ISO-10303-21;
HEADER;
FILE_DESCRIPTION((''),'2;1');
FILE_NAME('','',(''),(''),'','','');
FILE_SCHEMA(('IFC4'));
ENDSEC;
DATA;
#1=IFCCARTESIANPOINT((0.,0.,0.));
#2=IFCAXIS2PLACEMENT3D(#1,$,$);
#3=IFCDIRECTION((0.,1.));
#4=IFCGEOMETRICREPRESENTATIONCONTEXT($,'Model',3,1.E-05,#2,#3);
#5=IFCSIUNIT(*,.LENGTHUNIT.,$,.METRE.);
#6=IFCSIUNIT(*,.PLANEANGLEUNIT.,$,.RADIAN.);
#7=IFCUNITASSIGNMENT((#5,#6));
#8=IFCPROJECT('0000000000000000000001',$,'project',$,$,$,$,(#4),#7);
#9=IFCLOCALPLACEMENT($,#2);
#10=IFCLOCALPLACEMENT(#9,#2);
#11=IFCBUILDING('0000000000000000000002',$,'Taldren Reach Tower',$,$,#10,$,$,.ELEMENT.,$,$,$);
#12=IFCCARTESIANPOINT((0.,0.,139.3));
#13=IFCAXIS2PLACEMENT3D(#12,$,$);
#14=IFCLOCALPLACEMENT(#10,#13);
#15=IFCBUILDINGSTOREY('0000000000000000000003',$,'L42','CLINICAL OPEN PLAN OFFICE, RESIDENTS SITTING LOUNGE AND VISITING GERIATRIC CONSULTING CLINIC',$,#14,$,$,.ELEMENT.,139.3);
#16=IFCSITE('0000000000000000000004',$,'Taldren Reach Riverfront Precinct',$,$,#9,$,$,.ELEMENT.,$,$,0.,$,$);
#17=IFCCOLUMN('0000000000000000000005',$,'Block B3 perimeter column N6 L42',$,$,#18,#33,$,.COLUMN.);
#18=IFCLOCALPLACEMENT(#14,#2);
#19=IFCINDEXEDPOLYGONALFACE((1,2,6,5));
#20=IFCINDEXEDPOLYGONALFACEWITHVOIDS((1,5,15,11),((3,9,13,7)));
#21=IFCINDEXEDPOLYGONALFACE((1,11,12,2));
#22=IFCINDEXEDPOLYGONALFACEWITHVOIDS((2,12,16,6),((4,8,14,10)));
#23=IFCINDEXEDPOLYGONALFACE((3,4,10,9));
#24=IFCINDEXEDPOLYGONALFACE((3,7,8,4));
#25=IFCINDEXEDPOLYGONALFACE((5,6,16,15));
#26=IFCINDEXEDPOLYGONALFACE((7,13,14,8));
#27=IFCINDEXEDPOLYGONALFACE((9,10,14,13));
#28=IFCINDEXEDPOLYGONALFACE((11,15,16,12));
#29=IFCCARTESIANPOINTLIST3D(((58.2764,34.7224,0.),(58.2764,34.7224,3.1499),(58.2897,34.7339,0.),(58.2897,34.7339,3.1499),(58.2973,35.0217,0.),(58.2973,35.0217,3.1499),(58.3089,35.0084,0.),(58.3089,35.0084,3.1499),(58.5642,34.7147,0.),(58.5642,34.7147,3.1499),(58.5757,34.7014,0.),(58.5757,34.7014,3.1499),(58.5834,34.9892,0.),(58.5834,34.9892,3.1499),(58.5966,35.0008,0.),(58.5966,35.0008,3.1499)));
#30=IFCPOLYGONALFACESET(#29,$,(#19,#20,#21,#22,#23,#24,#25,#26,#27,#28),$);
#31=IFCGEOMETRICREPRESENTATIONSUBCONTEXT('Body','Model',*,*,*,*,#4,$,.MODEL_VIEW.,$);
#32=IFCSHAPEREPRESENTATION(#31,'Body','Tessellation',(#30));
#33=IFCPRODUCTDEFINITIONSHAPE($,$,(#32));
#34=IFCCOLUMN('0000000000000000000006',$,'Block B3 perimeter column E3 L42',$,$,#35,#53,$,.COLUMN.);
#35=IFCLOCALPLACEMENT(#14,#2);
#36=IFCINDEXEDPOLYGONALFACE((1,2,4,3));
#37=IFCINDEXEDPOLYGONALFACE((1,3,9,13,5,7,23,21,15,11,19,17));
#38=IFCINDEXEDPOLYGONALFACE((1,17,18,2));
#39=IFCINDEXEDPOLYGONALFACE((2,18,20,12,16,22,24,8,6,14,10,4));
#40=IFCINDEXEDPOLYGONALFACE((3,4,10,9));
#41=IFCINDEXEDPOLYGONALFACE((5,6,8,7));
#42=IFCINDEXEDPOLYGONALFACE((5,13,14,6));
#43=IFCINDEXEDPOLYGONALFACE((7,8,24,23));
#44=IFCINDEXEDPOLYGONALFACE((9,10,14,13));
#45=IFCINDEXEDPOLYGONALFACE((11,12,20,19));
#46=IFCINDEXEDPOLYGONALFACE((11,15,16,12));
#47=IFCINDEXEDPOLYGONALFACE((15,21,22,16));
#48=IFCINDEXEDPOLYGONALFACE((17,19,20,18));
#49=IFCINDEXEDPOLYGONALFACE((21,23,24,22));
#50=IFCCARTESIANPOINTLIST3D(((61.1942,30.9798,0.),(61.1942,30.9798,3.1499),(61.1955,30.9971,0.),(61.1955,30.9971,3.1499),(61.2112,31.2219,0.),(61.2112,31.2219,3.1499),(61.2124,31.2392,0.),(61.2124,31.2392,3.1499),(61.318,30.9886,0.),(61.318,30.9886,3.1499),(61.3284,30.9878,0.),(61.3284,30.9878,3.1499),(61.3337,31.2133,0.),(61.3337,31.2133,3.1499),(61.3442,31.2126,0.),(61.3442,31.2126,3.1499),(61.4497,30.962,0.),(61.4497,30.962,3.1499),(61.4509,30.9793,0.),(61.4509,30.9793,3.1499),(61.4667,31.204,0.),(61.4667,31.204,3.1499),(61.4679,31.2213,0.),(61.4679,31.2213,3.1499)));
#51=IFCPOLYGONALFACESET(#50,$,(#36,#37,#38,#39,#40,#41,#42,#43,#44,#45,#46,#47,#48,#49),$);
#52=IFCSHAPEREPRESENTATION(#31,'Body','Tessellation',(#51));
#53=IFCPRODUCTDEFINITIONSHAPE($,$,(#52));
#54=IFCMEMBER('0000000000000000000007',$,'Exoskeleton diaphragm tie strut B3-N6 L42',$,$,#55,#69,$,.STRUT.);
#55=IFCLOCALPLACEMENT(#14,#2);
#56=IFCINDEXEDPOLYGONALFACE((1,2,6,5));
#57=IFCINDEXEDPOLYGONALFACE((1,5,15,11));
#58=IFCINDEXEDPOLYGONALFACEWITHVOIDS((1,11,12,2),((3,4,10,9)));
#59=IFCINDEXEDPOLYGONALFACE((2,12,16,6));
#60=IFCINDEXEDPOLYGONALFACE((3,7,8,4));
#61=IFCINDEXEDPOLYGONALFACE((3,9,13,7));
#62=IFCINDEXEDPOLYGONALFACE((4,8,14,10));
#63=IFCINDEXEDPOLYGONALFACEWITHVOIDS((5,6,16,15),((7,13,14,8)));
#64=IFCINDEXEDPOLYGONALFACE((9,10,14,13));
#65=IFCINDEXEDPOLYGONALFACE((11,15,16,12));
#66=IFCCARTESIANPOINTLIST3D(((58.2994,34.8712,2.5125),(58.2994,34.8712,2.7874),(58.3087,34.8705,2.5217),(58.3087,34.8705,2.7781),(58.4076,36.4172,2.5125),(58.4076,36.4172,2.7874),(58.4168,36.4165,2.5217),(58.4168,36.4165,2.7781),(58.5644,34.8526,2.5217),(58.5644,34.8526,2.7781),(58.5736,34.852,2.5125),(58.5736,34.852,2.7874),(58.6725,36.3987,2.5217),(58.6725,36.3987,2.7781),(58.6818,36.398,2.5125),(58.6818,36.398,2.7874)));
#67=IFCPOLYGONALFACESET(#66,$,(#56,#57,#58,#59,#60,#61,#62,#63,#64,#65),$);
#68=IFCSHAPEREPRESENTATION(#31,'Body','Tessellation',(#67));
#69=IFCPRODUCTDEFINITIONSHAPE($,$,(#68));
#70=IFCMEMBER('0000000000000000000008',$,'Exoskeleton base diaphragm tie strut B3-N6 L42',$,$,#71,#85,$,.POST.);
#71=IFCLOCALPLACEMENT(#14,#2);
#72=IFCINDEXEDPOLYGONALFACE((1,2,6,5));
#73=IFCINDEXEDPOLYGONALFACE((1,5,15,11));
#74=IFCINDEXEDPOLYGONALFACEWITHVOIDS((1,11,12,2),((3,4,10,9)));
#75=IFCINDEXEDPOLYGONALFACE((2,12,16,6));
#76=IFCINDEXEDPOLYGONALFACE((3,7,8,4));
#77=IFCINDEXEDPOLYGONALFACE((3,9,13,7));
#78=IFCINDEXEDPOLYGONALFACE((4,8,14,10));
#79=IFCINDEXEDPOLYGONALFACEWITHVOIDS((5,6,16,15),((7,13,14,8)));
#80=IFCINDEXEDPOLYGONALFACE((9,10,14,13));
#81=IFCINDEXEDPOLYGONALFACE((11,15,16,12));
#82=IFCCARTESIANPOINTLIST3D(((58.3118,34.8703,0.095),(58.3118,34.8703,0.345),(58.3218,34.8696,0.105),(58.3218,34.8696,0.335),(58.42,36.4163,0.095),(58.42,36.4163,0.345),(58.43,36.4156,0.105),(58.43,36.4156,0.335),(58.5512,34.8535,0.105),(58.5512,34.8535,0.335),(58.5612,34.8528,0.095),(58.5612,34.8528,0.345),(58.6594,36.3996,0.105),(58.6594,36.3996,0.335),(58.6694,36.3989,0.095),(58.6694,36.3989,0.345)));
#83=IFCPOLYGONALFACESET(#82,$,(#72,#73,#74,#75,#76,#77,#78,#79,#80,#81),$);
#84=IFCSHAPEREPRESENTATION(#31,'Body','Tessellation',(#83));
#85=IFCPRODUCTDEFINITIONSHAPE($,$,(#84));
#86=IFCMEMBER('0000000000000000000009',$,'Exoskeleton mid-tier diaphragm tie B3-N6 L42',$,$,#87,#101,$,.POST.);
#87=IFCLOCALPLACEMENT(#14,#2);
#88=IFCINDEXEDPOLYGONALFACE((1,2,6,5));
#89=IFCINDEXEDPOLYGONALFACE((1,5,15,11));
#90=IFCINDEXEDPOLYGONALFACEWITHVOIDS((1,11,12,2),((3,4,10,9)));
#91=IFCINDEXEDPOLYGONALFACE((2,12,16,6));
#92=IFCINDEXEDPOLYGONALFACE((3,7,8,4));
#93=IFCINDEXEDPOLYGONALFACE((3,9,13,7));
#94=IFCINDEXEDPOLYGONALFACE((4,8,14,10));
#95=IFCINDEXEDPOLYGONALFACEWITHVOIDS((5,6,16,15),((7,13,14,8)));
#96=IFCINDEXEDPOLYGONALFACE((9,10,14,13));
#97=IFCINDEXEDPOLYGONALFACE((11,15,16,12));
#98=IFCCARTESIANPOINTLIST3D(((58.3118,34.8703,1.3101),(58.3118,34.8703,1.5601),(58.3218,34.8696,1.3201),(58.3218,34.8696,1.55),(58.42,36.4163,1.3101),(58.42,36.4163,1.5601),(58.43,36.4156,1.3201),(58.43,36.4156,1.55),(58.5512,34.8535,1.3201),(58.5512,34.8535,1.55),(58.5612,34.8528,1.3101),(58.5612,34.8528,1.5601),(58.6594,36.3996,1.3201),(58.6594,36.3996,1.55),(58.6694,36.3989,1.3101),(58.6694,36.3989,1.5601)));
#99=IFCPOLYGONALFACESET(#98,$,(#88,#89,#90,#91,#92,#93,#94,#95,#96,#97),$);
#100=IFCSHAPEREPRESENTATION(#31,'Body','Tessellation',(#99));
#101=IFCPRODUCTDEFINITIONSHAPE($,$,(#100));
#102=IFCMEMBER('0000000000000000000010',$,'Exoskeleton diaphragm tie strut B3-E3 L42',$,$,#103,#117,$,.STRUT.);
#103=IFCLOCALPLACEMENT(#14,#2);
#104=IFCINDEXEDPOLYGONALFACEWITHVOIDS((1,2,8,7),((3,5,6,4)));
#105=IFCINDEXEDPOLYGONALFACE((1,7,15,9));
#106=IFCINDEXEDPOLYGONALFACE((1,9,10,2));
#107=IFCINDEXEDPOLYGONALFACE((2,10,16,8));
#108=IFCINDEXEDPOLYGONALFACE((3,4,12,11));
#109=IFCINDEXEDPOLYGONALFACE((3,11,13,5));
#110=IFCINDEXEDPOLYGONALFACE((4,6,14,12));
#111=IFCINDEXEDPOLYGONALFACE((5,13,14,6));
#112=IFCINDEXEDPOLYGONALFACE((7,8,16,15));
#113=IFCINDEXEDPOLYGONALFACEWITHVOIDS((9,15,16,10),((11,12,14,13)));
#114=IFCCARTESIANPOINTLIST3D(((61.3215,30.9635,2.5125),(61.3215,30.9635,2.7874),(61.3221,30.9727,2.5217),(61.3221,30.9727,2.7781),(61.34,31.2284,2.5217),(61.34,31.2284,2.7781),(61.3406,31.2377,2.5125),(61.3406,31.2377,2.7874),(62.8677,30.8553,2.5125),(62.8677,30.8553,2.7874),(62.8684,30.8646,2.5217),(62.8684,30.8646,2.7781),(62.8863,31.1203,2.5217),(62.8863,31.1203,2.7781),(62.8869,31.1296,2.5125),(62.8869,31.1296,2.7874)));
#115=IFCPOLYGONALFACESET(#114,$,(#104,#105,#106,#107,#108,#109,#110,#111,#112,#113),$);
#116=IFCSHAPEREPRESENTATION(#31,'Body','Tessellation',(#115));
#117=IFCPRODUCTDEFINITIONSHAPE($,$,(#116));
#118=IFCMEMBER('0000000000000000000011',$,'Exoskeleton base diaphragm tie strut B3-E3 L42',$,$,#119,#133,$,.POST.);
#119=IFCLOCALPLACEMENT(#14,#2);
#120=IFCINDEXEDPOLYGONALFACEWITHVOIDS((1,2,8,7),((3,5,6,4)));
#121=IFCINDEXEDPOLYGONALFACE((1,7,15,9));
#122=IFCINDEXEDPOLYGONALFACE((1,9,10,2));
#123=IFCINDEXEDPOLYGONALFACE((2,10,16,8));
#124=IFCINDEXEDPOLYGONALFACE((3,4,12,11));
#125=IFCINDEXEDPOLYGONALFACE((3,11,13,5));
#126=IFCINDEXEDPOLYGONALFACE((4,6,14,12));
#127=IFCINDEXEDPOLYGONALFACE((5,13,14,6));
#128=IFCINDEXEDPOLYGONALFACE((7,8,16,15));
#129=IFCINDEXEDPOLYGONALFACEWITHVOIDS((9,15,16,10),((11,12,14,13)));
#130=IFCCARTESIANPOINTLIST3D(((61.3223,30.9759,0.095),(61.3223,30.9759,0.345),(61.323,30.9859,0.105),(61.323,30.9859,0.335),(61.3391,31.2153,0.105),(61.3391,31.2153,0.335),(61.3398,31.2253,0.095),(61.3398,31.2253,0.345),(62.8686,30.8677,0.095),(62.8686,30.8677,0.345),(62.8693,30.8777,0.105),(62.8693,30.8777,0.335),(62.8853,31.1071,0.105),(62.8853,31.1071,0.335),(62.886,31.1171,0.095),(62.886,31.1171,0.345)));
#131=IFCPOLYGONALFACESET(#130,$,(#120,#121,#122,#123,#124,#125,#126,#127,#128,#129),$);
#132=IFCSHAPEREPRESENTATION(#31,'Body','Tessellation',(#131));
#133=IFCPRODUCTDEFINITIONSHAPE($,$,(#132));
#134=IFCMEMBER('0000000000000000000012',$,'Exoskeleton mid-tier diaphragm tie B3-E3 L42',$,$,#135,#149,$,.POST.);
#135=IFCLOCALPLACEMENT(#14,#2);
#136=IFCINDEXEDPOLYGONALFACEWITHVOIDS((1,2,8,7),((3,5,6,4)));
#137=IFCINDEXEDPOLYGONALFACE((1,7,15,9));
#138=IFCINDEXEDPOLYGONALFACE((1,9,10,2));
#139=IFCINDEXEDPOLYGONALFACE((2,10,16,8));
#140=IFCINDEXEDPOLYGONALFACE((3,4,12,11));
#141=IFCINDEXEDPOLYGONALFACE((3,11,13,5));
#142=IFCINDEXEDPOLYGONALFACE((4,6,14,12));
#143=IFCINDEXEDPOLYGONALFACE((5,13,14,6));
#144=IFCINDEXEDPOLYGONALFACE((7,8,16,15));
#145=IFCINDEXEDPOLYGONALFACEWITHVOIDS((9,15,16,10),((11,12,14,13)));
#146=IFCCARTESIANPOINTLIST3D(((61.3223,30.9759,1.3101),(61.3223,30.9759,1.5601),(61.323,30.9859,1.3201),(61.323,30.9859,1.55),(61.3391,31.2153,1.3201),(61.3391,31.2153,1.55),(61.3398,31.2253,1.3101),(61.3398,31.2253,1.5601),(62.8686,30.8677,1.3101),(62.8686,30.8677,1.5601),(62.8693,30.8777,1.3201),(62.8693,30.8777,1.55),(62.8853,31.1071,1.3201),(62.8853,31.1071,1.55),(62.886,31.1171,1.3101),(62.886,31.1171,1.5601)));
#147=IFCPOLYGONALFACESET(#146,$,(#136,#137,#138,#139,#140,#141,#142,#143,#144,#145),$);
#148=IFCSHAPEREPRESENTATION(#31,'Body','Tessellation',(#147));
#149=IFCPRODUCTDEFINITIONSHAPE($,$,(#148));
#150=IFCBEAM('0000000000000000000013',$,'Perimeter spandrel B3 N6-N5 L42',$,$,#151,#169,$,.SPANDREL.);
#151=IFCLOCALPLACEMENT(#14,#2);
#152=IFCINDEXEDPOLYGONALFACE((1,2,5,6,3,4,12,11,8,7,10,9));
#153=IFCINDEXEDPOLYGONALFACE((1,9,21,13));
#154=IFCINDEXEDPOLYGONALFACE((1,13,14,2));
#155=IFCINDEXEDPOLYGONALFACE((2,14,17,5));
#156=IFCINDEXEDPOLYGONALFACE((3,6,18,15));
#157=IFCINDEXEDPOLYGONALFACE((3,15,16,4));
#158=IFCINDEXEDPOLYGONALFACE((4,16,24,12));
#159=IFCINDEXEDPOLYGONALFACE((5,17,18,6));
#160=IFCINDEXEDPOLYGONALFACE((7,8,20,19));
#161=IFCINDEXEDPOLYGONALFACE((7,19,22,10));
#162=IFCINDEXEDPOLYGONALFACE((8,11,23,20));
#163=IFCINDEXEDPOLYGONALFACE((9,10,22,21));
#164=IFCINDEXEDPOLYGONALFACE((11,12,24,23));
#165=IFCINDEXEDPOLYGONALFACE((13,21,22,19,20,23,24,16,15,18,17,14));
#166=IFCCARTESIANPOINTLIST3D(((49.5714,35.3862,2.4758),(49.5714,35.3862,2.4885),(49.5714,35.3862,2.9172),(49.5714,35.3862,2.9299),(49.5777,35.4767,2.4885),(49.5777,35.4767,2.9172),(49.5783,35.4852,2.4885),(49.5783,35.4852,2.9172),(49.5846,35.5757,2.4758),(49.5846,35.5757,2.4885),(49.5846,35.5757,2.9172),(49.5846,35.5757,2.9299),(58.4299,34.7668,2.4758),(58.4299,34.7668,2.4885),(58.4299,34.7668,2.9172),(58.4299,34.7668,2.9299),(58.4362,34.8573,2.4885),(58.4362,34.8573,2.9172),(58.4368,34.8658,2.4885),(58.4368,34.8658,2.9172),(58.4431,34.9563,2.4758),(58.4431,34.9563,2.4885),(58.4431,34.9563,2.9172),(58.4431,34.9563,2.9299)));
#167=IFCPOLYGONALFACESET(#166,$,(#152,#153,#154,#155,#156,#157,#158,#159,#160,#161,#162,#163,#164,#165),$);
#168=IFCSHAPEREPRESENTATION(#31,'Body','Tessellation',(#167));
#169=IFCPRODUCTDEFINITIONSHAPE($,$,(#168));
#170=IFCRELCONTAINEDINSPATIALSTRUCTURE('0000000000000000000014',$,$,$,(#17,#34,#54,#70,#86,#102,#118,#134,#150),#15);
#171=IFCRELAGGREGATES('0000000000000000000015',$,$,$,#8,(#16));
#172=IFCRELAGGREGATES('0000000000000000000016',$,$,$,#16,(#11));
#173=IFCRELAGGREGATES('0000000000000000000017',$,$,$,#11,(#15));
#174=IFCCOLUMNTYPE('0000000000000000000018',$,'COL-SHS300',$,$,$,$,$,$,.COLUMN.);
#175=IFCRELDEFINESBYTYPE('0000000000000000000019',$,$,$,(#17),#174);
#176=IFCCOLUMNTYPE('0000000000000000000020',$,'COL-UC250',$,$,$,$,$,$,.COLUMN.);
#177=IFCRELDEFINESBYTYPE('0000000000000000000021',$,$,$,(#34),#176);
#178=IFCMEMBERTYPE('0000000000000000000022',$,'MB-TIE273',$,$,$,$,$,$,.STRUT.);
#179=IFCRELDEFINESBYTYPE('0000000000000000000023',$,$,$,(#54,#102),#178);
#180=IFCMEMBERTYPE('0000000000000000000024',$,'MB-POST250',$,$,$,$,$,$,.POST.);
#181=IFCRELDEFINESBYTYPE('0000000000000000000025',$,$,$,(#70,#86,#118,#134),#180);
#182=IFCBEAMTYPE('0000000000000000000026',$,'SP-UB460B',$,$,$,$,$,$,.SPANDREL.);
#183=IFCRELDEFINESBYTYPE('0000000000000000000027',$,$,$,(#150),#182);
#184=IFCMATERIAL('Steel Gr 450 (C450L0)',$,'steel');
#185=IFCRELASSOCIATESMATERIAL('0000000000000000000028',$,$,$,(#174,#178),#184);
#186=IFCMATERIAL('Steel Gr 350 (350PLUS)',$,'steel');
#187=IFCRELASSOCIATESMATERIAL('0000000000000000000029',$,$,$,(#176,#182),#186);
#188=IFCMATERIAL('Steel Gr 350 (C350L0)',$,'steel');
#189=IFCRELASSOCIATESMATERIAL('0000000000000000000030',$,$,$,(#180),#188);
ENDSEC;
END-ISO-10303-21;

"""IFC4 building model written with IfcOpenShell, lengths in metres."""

from ifc_helpers import new_model, si_unit, direction, frame, origin, origin_2d, place, context, subcontext, project, spatial, hollow_rectangle, i_section, extrude, source, transform, mapped, material, material_profile, profile_set, type_object, element, save


model = new_model("IFC4")

# Units and contexts
model_context = context("Model", 3, precision=1e-05, world=origin(), true_north=direction((0.0, 1.0)))
body_context = subcontext(model_context, "Body", "Model", "MODEL_VIEW")
ifc_project = project(units=[si_unit("LENGTHUNIT", "METRE"), si_unit("PLANEANGLEUNIT", "RADIAN")], contexts=[model_context])

# Site, building, storey
site_placement = place(None, origin())
site = spatial("IfcSite", under=ifc_project, at=site_placement, Name="Taldren Reach Riverfront Precinct", CompositionType="ELEMENT", RefElevation=0.0)
building_placement = place(site_placement, origin())
building = spatial("IfcBuilding", under=site, at=building_placement, Name="Taldren Reach Tower", CompositionType="ELEMENT")
storey_placement = place(building_placement, frame((0.0, 0.0, 139.3)))
storey = spatial("IfcBuildingStorey", under=building, at=storey_placement, Name="L42", Description="CLINICAL OPEN PLAN OFFICE, RESIDENTS SITTING LOUNGE AND VISITING GERIATRIC CONSULTING CLINIC", CompositionType="ELEMENT", Elevation=139.3)

# Columns
ifc_material_1 = material(Name="Steel Gr 450 (C450L0)", Category="steel")
ifc_material_profile_1 = material_profile(ifc_material_1, hollow_rectangle(XDim=0.3, YDim=0.3, WallThickness=0.0125, at=origin_2d()), Name="300x300x12.5SHS")
ifc_profile_set_1 = profile_set([ifc_material_profile_1], Name="Steel Gr 450 (C450L0)")
column_type_1 = type_object("IfcColumnType", Name="COL-SHS300", PredefinedType="COLUMN", material=ifc_profile_set_1)
shared_shape_1 = source(origin(), body_context, "Body", "SweptSolid", [
    extrude(hollow_rectangle(XDim=0.3, YDim=0.3, WallThickness=0.0125, at=origin_2d()), origin(), (0.0, 0.0, 1.0), 3.1499),
])
column_1_placement = place(storey_placement, frame((58.4365, 34.8616, 0.0), z_axis=(0.0, 0.0, 1.0), x_axis=(0.997564, -0.069756, 0.0)))
element("IfcColumn", 1, at=column_1_placement, inside=storey, type_object=column_type_1, Name="Block B3 perimeter column N6 L42", PredefinedType="COLUMN", context=body_context, shape_type="MappedRepresentation", body=[
    mapped(shared_shape_1, transform((0.0, 0.0, 0.0), scale=1.0)),
])
ifc_material_2 = material(Name="Steel Gr 350 (350PLUS)", Category="steel")
ifc_material_profile_2 = material_profile(ifc_material_2, i_section(OverallWidth=0.2561, OverallDepth=0.26, WebThickness=0.0105, FlangeThickness=0.0173, at=origin_2d()), Name="250UC89.5")
ifc_profile_set_2 = profile_set([ifc_material_profile_2], Name="Steel Gr 350 (350PLUS)")
column_type_2 = type_object("IfcColumnType", Name="COL-UC250", PredefinedType="COLUMN", material=ifc_profile_set_2)
shared_shape_2 = source(origin(), body_context, "Body", "SweptSolid", [
    extrude(i_section(OverallWidth=0.2561, OverallDepth=0.26, WebThickness=0.0105, FlangeThickness=0.0173, at=origin_2d()), origin(), (0.0, 0.0, 1.0), 3.1499),
])
column_2_placement = place(storey_placement, frame((61.3311, 31.1006, 0.0), z_axis=(0.0, 0.0, 1.0), x_axis=(0.997564, -0.069756, 0.0)))
element("IfcColumn", 2, at=column_2_placement, inside=storey, type_object=column_type_2, Name="Block B3 perimeter column E3 L42", PredefinedType="COLUMN", context=body_context, shape_type="MappedRepresentation", body=[
    mapped(shared_shape_2, transform((0.0, 0.0, 0.0), scale=1.0)),
])

# Members
ifc_material_profile_3 = material_profile(ifc_material_1, hollow_rectangle(XDim=0.2749, YDim=0.2749, WallThickness=0.0093, at=origin_2d()), Name="275x275x9.3SHS")
ifc_profile_set_3 = profile_set([ifc_material_profile_3], Name="Steel Gr 450 (C450L0)")
member_type_1 = type_object("IfcMemberType", Name="MB-TIE273", PredefinedType="STRUT", material=ifc_profile_set_3)
shared_shape_3 = source(origin(), body_context, "Body", "SweptSolid", [
    extrude(hollow_rectangle(XDim=0.2749, YDim=0.2749, WallThickness=0.0093, at=origin_2d()), origin(), (0.0, 0.0, 1.0), 1.5498),
])
member_1_placement = place(storey_placement, frame((58.4365, 34.8616, 2.6499), z_axis=(0.069781, 0.997562, 0.0), x_axis=(-0.997562, 0.069781, 0.0)))
element("IfcMember", 3, at=member_1_placement, inside=storey, type_object=member_type_1, Name="Exoskeleton diaphragm tie strut B3-N6 L42", PredefinedType="STRUT", context=body_context, shape_type="MappedRepresentation", body=[
    mapped(shared_shape_3, transform((0.0, 0.0, 0.0), scale=1.0)),
])
ifc_material_3 = material(Name="Steel Gr 350 (C350L0)", Category="steel")
ifc_material_profile_4 = material_profile(ifc_material_3, hollow_rectangle(XDim=0.25, YDim=0.25, WallThickness=0.01, at=origin_2d()), Name="250x250x10.0SHS")
ifc_profile_set_4 = profile_set([ifc_material_profile_4], Name="Steel Gr 350 (C350L0)")
member_type_2 = type_object("IfcMemberType", Name="MB-POST250", PredefinedType="POST", material=ifc_profile_set_4)
shared_shape_4 = source(origin(), body_context, "Body", "SweptSolid", [
    extrude(hollow_rectangle(XDim=0.25, YDim=0.25, WallThickness=0.01, at=origin_2d()), origin(), (0.0, 0.0, 1.0), 1.5498),
])
for number, where, z_axis, x_axis, name in (
    (4, (58.4365, 34.8616, 0.22), (0.069781, 0.997562, 0.0), (-0.997562, 0.069781, 0.0), "Exoskeleton base diaphragm tie strut B3-N6 L42"),
    (5, (58.4365, 34.8616, 1.4351), (0.069781, 0.997562, 0.0), (-0.997562, 0.069781, 0.0), "Exoskeleton mid-tier diaphragm tie B3-N6 L42"),
):
    element("IfcMember", number, at=place(storey_placement, frame(where, z_axis=z_axis, x_axis=x_axis)), inside=storey, type_object=member_type_2, Name=name, PredefinedType="POST", context=body_context, shape_type="MappedRepresentation", body=[
        mapped(shared_shape_4, transform((0.0, 0.0, 0.0), scale=1.0)),
    ])
shared_shape_5 = source(origin(), body_context, "Body", "SweptSolid", [
    extrude(hollow_rectangle(XDim=0.2749, YDim=0.2749, WallThickness=0.0093, at=origin_2d()), origin(), (0.0, 0.0, 1.0), 1.55),
])
member_2_placement = place(storey_placement, frame((61.3311, 31.1006, 2.6499), z_axis=(0.997563, -0.06977, 0.0), x_axis=(0.06977, 0.997563, 0.0)))
element("IfcMember", 6, at=member_2_placement, inside=storey, type_object=member_type_1, Name="Exoskeleton diaphragm tie strut B3-E3 L42", PredefinedType="STRUT", context=body_context, shape_type="MappedRepresentation", body=[
    mapped(shared_shape_5, transform((0.0, 0.0, 0.0), scale=1.0)),
])
shared_shape_6 = source(origin(), body_context, "Body", "SweptSolid", [
    extrude(hollow_rectangle(XDim=0.25, YDim=0.25, WallThickness=0.01, at=origin_2d()), origin(), (0.0, 0.0, 1.0), 1.55),
])
for number, where, z_axis, x_axis, name in (
    (7, (61.3311, 31.1006, 0.22), (0.997563, -0.06977, 0.0), (0.06977, 0.997563, 0.0), "Exoskeleton base diaphragm tie strut B3-E3 L42"),
    (8, (61.3311, 31.1006, 1.4351), (0.997563, -0.06977, 0.0), (0.06977, 0.997563, 0.0), "Exoskeleton mid-tier diaphragm tie B3-E3 L42"),
):
    element("IfcMember", number, at=place(storey_placement, frame(where, z_axis=z_axis, x_axis=x_axis)), inside=storey, type_object=member_type_2, Name=name, PredefinedType="POST", context=body_context, shape_type="MappedRepresentation", body=[
        mapped(shared_shape_6, transform((0.0, 0.0, 0.0), scale=1.0)),
    ])

# Beam
ifc_material_profile_5 = material_profile(ifc_material_2, i_section(OverallWidth=0.1899, OverallDepth=0.4541, WebThickness=0.0085, FlangeThickness=0.0127, at=origin_2d()), Name="460UB67.1")
ifc_profile_set_5 = profile_set([ifc_material_profile_5], Name="Steel Gr 350 (350PLUS)")
beam_type = type_object("IfcBeamType", Name="SP-UB460B", PredefinedType="SPANDREL", material=ifc_profile_set_5)
shared_shape_7 = source(origin(), body_context, "Body", "SweptSolid", [
    extrude(i_section(OverallWidth=0.1899, OverallDepth=0.4541, WebThickness=0.0085, FlangeThickness=0.0127, at=origin_2d()), origin(), (0.0, 0.0, 1.0), 8.8801),
])
beam_1_placement = place(storey_placement, frame((58.4365, 34.8616, 2.7029), z_axis=(-0.997564, 0.06975, 0.0), x_axis=(-0.06975, -0.997564, 0.0)))
element("IfcBeam", 9, at=beam_1_placement, inside=storey, type_object=beam_type, Name="Perimeter spandrel B3 N6-N5 L42", PredefinedType="SPANDREL", context=body_context, shape_type="MappedRepresentation", body=[
    mapped(shared_shape_7, transform((0.0, 0.0, 0.0), scale=1.0)),
])

save(model, "model.ifc")
